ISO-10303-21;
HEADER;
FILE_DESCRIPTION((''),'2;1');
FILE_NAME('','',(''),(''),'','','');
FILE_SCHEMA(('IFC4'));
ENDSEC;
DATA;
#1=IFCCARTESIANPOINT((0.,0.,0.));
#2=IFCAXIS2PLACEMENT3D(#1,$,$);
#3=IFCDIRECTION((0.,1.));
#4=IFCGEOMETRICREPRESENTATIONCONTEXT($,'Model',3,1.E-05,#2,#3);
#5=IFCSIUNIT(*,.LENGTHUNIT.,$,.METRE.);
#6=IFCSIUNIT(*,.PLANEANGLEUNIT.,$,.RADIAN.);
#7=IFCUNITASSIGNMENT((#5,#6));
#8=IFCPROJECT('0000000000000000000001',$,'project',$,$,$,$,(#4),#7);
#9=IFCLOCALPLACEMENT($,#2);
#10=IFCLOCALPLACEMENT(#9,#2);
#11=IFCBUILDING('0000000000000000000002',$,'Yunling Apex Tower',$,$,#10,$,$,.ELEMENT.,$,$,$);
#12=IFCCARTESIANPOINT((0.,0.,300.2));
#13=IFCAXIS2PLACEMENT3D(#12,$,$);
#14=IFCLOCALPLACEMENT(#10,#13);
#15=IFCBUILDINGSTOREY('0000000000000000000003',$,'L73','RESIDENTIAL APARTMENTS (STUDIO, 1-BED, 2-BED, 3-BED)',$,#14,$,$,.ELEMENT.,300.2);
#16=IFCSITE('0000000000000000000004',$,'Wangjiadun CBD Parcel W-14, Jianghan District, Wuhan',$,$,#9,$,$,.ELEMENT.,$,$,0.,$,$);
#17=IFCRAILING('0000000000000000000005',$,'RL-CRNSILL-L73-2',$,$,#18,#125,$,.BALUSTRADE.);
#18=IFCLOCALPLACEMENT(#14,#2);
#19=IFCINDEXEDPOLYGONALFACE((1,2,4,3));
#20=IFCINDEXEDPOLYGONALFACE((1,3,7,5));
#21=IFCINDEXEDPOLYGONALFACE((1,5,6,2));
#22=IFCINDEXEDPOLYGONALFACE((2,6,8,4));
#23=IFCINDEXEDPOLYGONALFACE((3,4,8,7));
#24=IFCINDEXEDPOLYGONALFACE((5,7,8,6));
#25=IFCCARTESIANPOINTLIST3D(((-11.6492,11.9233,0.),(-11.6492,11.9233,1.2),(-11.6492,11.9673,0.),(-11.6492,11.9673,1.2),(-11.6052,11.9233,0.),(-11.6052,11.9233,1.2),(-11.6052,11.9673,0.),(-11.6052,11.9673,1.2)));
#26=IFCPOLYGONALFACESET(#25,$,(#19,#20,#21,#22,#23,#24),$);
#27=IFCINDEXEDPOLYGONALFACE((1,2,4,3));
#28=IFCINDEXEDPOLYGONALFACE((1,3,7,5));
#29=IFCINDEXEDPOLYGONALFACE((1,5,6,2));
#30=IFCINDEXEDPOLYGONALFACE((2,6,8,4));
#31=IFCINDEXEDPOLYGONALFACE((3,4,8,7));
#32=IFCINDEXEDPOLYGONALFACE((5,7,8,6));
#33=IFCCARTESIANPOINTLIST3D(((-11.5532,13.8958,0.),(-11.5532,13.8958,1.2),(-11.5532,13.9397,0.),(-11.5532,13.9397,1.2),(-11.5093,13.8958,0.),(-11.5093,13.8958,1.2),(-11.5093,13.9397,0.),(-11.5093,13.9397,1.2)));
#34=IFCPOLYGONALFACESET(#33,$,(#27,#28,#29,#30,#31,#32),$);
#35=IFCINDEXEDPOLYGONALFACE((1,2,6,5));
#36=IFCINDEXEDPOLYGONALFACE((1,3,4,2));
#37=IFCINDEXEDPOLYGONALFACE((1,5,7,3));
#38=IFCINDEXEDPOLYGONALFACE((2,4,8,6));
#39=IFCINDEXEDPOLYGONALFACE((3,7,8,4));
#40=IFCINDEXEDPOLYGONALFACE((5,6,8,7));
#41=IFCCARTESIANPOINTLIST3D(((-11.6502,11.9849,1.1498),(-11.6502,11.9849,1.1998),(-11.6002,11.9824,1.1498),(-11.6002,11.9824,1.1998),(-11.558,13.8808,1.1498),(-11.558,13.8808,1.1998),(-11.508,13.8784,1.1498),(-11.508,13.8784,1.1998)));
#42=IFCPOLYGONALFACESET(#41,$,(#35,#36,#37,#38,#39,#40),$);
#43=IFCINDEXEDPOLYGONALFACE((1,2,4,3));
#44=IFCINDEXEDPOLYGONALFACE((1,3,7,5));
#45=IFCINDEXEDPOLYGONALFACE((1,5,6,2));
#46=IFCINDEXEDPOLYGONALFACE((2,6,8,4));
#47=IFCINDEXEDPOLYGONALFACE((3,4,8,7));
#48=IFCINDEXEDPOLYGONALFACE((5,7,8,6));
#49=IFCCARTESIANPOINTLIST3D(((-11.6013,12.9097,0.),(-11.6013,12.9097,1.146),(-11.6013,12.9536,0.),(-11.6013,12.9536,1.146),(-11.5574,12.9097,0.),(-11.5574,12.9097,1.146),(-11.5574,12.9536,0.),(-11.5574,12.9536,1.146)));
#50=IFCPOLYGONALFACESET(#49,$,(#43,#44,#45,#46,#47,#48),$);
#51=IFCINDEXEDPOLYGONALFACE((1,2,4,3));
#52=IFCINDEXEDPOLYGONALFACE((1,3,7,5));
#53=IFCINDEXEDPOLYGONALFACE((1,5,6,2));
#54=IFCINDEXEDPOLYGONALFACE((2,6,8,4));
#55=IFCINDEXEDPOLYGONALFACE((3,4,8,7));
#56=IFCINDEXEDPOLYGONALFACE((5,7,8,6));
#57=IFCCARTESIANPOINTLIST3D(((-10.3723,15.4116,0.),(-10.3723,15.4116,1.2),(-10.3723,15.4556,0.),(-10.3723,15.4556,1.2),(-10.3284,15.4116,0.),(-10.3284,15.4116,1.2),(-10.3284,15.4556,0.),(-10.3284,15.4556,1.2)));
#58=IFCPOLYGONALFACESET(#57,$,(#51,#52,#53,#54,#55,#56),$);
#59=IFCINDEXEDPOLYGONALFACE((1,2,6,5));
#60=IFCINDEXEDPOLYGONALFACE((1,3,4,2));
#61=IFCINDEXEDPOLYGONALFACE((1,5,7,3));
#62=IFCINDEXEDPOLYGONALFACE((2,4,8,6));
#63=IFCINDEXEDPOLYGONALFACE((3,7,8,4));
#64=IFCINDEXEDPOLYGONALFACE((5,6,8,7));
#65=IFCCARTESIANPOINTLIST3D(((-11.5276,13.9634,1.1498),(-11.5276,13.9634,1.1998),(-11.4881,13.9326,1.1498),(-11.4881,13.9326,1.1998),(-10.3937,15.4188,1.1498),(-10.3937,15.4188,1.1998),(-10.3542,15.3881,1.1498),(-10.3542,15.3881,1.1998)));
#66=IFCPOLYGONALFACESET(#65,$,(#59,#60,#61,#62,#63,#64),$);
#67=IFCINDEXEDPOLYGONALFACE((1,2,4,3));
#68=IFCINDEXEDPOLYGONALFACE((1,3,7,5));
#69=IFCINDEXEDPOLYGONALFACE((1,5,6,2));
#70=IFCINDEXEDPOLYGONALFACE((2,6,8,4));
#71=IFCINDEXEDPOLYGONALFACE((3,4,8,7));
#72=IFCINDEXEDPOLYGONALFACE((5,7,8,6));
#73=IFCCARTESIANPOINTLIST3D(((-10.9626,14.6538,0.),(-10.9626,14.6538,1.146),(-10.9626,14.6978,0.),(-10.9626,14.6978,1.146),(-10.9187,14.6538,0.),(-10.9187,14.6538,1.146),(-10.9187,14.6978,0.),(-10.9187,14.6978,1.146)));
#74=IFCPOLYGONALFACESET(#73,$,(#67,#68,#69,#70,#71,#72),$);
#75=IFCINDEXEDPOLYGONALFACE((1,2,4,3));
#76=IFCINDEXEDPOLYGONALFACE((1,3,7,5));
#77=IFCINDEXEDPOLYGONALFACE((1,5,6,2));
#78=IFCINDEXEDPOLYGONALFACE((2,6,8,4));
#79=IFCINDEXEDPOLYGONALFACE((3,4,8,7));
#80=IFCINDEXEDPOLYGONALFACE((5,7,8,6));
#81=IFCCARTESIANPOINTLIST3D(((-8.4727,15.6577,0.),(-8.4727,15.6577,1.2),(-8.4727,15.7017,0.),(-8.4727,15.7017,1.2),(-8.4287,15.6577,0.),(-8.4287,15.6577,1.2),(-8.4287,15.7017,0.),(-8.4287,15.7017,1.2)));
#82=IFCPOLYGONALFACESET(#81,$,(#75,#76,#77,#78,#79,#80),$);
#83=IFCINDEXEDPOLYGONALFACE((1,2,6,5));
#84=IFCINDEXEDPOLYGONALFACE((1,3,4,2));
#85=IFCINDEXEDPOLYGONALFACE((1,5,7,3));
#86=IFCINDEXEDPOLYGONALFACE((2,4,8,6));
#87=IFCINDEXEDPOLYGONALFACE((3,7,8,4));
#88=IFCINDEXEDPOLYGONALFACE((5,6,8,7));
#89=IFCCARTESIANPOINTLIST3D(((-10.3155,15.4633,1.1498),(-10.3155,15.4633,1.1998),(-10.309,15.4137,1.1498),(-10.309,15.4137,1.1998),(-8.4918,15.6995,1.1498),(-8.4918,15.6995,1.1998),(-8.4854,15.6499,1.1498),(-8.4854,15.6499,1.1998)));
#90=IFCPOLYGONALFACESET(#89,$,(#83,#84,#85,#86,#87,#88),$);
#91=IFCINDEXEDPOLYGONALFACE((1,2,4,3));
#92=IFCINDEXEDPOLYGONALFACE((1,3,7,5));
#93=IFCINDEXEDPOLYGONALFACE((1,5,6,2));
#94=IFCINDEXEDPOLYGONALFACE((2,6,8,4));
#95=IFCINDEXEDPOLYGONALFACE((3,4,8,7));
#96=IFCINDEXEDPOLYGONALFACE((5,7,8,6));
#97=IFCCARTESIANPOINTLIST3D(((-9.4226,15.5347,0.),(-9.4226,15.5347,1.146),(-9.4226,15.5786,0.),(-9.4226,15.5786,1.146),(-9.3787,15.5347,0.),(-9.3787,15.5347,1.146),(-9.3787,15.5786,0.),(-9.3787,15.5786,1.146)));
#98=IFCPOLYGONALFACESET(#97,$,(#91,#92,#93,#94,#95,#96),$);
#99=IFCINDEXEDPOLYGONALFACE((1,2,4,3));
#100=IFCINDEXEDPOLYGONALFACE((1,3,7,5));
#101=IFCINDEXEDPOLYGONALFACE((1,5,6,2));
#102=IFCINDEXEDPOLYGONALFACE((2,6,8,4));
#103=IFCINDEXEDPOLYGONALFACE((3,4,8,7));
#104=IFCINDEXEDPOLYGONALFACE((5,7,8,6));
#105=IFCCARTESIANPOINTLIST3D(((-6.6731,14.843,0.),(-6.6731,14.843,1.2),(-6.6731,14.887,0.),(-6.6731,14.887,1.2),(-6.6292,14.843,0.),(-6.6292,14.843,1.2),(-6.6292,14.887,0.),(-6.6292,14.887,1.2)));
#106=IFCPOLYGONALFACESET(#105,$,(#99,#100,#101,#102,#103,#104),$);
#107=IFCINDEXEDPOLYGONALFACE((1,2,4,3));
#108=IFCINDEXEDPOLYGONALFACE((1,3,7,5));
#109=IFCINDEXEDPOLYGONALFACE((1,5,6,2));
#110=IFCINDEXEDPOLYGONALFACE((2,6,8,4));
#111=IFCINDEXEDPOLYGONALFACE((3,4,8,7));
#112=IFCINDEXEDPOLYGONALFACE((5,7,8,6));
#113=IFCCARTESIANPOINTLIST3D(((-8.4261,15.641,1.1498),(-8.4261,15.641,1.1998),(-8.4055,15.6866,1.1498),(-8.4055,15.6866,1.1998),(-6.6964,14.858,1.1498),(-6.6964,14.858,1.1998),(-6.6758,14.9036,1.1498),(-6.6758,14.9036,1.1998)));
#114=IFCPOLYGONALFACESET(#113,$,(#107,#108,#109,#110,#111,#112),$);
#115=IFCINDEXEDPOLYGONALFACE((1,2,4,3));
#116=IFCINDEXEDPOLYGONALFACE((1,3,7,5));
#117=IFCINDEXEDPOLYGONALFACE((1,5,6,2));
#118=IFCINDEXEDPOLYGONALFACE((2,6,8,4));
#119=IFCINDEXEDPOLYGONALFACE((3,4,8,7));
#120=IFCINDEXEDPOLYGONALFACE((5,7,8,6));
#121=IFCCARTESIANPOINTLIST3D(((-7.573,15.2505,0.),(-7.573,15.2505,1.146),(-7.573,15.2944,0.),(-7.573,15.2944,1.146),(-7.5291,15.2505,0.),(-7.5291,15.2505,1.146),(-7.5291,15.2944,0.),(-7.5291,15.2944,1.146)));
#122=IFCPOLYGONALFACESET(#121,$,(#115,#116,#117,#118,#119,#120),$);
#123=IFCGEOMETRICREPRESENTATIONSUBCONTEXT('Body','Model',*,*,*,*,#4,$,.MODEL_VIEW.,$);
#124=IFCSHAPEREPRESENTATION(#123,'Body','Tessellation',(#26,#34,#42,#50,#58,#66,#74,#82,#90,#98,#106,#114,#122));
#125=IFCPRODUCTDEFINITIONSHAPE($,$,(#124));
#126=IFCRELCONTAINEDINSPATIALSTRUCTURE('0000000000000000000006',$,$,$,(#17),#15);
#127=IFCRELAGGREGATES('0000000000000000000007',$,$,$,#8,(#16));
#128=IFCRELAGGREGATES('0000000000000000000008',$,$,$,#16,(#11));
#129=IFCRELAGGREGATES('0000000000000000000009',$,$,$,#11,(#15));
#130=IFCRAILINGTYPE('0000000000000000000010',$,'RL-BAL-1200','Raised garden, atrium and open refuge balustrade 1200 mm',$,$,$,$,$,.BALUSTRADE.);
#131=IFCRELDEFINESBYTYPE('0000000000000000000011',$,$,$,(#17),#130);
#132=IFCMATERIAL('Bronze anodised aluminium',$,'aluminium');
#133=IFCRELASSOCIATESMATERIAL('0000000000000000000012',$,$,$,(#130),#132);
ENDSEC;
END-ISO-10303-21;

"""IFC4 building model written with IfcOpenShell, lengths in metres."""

from ifc_helpers import new_model, si_unit, direction, frame, origin, origin_2d, place, context, subcontext, project, spatial, rectangle, extrude, material, type_object, element, save


model = new_model("IFC4")

# Units and contexts
model_context = context("Model", 3, precision=1e-05, world=origin(), true_north=direction((0.0, 1.0)))
body_context = subcontext(model_context, "Body", "Model", "MODEL_VIEW")
ifc_project = project(units=[si_unit("LENGTHUNIT", "METRE"), si_unit("PLANEANGLEUNIT", "RADIAN")], contexts=[model_context])

# Site, building, storey
site_placement = place(None, origin())
site = spatial("IfcSite", under=ifc_project, at=site_placement, Name="Wangjiadun CBD Parcel W-14, Jianghan District, Wuhan", CompositionType="ELEMENT", RefElevation=0.0)
building_placement = place(site_placement, origin())
building = spatial("IfcBuilding", under=site, at=building_placement, Name="Yunling Apex Tower", CompositionType="ELEMENT")
storey_placement = place(building_placement, frame((0.0, 0.0, 300.2)))
storey = spatial("IfcBuildingStorey", under=building, at=storey_placement, Name="L73", Description="RESIDENTIAL APARTMENTS (STUDIO, 1-BED, 2-BED, 3-BED)", CompositionType="ELEMENT", Elevation=300.2)

# Shared definitions
ifc_material_1 = material(Name="Bronze anodised aluminium", Category="aluminium")

# Railing
railing_type = type_object("IfcRailingType", Name="RL-BAL-1200", Description="Raised garden, atrium and open refuge balustrade 1200 mm", PredefinedType="BALUSTRADE", material=ifc_material_1)
railing_placement = place(storey_placement, frame((-11.6272, 11.9453, 0.0)))
element("IfcRailing", 1, at=railing_placement, inside=storey, type_object=railing_type, Name="RL-CRNSILL-L73-2", PredefinedType="BALUSTRADE", context=body_context, shape_type="SweptSolid", body=[
    extrude(rectangle(XDim=0.0439, YDim=0.0439, at=origin_2d()), origin(), (0.0, 0.0, 1.0), 1.2),
    extrude(rectangle(XDim=0.0439, YDim=0.0439, at=origin_2d()), frame((0.0959, 1.9724, 0.0)), (0.0, 0.0, 1.0), 1.2),
    extrude(rectangle(XDim=0.05, YDim=0.05, at=origin_2d()), frame((0.002, 0.0383, 1.1748), z_axis=(0.048587, 0.998819, 0.0), x_axis=(-0.998819, 0.048587, 0.0)), (0.0, 0.0, 1.0), 1.8982),
    extrude(rectangle(XDim=0.0439, YDim=0.0439, at=origin_2d()), frame((0.0479, 0.9863, 0.0)), (0.0, 0.0, 1.0), 1.146),
    extrude(rectangle(XDim=0.0439, YDim=0.0439, at=origin_2d()), frame((1.2769, 3.4883, 0.0)), (0.0, 0.0, 1.0), 1.2),
    extrude(rectangle(XDim=0.05, YDim=0.05, at=origin_2d()), frame((0.1194, 2.0027, 1.1748), z_axis=(0.614556, 0.788873, 0.0), x_axis=(-0.788873, 0.614556, 0.0)), (0.0, 0.0, 1.0), 1.845),
    extrude(rectangle(XDim=0.0439, YDim=0.0439, at=origin_2d()), frame((0.6865, 2.7305, 0.0)), (0.0, 0.0, 1.0), 1.146),
    extrude(rectangle(XDim=0.0439, YDim=0.0439, at=origin_2d()), frame((3.1765, 3.7344, 0.0)), (0.0, 0.0, 1.0), 1.2),
    extrude(rectangle(XDim=0.05, YDim=0.05, at=origin_2d()), frame((1.3149, 3.4932, 1.1748), z_axis=(0.991713, 0.128473, 0.0), x_axis=(-0.128473, 0.991713, 0.0)), (0.0, 0.0, 1.0), 1.8389),
    extrude(rectangle(XDim=0.0439, YDim=0.0439, at=origin_2d()), frame((2.2266, 3.6113, 0.0)), (0.0, 0.0, 1.0), 1.146),
    extrude(rectangle(XDim=0.0439, YDim=0.0439, at=origin_2d()), frame((4.9761, 2.9197, 0.0)), (0.0, 0.0, 1.0), 1.2),
    extrude(rectangle(XDim=0.05, YDim=0.05, at=origin_2d()), frame((3.2114, 3.7185, 1.1748), z_axis=(0.910992, -0.412424, 0.0), x_axis=(0.412424, 0.910992, 0.0)), (0.0, 0.0, 1.0), 1.8987),
    extrude(rectangle(XDim=0.0439, YDim=0.0439, at=origin_2d()), frame((4.0762, 3.3271, 0.0)), (0.0, 0.0, 1.0), 1.146),
])

save(model, "model.ifc")
